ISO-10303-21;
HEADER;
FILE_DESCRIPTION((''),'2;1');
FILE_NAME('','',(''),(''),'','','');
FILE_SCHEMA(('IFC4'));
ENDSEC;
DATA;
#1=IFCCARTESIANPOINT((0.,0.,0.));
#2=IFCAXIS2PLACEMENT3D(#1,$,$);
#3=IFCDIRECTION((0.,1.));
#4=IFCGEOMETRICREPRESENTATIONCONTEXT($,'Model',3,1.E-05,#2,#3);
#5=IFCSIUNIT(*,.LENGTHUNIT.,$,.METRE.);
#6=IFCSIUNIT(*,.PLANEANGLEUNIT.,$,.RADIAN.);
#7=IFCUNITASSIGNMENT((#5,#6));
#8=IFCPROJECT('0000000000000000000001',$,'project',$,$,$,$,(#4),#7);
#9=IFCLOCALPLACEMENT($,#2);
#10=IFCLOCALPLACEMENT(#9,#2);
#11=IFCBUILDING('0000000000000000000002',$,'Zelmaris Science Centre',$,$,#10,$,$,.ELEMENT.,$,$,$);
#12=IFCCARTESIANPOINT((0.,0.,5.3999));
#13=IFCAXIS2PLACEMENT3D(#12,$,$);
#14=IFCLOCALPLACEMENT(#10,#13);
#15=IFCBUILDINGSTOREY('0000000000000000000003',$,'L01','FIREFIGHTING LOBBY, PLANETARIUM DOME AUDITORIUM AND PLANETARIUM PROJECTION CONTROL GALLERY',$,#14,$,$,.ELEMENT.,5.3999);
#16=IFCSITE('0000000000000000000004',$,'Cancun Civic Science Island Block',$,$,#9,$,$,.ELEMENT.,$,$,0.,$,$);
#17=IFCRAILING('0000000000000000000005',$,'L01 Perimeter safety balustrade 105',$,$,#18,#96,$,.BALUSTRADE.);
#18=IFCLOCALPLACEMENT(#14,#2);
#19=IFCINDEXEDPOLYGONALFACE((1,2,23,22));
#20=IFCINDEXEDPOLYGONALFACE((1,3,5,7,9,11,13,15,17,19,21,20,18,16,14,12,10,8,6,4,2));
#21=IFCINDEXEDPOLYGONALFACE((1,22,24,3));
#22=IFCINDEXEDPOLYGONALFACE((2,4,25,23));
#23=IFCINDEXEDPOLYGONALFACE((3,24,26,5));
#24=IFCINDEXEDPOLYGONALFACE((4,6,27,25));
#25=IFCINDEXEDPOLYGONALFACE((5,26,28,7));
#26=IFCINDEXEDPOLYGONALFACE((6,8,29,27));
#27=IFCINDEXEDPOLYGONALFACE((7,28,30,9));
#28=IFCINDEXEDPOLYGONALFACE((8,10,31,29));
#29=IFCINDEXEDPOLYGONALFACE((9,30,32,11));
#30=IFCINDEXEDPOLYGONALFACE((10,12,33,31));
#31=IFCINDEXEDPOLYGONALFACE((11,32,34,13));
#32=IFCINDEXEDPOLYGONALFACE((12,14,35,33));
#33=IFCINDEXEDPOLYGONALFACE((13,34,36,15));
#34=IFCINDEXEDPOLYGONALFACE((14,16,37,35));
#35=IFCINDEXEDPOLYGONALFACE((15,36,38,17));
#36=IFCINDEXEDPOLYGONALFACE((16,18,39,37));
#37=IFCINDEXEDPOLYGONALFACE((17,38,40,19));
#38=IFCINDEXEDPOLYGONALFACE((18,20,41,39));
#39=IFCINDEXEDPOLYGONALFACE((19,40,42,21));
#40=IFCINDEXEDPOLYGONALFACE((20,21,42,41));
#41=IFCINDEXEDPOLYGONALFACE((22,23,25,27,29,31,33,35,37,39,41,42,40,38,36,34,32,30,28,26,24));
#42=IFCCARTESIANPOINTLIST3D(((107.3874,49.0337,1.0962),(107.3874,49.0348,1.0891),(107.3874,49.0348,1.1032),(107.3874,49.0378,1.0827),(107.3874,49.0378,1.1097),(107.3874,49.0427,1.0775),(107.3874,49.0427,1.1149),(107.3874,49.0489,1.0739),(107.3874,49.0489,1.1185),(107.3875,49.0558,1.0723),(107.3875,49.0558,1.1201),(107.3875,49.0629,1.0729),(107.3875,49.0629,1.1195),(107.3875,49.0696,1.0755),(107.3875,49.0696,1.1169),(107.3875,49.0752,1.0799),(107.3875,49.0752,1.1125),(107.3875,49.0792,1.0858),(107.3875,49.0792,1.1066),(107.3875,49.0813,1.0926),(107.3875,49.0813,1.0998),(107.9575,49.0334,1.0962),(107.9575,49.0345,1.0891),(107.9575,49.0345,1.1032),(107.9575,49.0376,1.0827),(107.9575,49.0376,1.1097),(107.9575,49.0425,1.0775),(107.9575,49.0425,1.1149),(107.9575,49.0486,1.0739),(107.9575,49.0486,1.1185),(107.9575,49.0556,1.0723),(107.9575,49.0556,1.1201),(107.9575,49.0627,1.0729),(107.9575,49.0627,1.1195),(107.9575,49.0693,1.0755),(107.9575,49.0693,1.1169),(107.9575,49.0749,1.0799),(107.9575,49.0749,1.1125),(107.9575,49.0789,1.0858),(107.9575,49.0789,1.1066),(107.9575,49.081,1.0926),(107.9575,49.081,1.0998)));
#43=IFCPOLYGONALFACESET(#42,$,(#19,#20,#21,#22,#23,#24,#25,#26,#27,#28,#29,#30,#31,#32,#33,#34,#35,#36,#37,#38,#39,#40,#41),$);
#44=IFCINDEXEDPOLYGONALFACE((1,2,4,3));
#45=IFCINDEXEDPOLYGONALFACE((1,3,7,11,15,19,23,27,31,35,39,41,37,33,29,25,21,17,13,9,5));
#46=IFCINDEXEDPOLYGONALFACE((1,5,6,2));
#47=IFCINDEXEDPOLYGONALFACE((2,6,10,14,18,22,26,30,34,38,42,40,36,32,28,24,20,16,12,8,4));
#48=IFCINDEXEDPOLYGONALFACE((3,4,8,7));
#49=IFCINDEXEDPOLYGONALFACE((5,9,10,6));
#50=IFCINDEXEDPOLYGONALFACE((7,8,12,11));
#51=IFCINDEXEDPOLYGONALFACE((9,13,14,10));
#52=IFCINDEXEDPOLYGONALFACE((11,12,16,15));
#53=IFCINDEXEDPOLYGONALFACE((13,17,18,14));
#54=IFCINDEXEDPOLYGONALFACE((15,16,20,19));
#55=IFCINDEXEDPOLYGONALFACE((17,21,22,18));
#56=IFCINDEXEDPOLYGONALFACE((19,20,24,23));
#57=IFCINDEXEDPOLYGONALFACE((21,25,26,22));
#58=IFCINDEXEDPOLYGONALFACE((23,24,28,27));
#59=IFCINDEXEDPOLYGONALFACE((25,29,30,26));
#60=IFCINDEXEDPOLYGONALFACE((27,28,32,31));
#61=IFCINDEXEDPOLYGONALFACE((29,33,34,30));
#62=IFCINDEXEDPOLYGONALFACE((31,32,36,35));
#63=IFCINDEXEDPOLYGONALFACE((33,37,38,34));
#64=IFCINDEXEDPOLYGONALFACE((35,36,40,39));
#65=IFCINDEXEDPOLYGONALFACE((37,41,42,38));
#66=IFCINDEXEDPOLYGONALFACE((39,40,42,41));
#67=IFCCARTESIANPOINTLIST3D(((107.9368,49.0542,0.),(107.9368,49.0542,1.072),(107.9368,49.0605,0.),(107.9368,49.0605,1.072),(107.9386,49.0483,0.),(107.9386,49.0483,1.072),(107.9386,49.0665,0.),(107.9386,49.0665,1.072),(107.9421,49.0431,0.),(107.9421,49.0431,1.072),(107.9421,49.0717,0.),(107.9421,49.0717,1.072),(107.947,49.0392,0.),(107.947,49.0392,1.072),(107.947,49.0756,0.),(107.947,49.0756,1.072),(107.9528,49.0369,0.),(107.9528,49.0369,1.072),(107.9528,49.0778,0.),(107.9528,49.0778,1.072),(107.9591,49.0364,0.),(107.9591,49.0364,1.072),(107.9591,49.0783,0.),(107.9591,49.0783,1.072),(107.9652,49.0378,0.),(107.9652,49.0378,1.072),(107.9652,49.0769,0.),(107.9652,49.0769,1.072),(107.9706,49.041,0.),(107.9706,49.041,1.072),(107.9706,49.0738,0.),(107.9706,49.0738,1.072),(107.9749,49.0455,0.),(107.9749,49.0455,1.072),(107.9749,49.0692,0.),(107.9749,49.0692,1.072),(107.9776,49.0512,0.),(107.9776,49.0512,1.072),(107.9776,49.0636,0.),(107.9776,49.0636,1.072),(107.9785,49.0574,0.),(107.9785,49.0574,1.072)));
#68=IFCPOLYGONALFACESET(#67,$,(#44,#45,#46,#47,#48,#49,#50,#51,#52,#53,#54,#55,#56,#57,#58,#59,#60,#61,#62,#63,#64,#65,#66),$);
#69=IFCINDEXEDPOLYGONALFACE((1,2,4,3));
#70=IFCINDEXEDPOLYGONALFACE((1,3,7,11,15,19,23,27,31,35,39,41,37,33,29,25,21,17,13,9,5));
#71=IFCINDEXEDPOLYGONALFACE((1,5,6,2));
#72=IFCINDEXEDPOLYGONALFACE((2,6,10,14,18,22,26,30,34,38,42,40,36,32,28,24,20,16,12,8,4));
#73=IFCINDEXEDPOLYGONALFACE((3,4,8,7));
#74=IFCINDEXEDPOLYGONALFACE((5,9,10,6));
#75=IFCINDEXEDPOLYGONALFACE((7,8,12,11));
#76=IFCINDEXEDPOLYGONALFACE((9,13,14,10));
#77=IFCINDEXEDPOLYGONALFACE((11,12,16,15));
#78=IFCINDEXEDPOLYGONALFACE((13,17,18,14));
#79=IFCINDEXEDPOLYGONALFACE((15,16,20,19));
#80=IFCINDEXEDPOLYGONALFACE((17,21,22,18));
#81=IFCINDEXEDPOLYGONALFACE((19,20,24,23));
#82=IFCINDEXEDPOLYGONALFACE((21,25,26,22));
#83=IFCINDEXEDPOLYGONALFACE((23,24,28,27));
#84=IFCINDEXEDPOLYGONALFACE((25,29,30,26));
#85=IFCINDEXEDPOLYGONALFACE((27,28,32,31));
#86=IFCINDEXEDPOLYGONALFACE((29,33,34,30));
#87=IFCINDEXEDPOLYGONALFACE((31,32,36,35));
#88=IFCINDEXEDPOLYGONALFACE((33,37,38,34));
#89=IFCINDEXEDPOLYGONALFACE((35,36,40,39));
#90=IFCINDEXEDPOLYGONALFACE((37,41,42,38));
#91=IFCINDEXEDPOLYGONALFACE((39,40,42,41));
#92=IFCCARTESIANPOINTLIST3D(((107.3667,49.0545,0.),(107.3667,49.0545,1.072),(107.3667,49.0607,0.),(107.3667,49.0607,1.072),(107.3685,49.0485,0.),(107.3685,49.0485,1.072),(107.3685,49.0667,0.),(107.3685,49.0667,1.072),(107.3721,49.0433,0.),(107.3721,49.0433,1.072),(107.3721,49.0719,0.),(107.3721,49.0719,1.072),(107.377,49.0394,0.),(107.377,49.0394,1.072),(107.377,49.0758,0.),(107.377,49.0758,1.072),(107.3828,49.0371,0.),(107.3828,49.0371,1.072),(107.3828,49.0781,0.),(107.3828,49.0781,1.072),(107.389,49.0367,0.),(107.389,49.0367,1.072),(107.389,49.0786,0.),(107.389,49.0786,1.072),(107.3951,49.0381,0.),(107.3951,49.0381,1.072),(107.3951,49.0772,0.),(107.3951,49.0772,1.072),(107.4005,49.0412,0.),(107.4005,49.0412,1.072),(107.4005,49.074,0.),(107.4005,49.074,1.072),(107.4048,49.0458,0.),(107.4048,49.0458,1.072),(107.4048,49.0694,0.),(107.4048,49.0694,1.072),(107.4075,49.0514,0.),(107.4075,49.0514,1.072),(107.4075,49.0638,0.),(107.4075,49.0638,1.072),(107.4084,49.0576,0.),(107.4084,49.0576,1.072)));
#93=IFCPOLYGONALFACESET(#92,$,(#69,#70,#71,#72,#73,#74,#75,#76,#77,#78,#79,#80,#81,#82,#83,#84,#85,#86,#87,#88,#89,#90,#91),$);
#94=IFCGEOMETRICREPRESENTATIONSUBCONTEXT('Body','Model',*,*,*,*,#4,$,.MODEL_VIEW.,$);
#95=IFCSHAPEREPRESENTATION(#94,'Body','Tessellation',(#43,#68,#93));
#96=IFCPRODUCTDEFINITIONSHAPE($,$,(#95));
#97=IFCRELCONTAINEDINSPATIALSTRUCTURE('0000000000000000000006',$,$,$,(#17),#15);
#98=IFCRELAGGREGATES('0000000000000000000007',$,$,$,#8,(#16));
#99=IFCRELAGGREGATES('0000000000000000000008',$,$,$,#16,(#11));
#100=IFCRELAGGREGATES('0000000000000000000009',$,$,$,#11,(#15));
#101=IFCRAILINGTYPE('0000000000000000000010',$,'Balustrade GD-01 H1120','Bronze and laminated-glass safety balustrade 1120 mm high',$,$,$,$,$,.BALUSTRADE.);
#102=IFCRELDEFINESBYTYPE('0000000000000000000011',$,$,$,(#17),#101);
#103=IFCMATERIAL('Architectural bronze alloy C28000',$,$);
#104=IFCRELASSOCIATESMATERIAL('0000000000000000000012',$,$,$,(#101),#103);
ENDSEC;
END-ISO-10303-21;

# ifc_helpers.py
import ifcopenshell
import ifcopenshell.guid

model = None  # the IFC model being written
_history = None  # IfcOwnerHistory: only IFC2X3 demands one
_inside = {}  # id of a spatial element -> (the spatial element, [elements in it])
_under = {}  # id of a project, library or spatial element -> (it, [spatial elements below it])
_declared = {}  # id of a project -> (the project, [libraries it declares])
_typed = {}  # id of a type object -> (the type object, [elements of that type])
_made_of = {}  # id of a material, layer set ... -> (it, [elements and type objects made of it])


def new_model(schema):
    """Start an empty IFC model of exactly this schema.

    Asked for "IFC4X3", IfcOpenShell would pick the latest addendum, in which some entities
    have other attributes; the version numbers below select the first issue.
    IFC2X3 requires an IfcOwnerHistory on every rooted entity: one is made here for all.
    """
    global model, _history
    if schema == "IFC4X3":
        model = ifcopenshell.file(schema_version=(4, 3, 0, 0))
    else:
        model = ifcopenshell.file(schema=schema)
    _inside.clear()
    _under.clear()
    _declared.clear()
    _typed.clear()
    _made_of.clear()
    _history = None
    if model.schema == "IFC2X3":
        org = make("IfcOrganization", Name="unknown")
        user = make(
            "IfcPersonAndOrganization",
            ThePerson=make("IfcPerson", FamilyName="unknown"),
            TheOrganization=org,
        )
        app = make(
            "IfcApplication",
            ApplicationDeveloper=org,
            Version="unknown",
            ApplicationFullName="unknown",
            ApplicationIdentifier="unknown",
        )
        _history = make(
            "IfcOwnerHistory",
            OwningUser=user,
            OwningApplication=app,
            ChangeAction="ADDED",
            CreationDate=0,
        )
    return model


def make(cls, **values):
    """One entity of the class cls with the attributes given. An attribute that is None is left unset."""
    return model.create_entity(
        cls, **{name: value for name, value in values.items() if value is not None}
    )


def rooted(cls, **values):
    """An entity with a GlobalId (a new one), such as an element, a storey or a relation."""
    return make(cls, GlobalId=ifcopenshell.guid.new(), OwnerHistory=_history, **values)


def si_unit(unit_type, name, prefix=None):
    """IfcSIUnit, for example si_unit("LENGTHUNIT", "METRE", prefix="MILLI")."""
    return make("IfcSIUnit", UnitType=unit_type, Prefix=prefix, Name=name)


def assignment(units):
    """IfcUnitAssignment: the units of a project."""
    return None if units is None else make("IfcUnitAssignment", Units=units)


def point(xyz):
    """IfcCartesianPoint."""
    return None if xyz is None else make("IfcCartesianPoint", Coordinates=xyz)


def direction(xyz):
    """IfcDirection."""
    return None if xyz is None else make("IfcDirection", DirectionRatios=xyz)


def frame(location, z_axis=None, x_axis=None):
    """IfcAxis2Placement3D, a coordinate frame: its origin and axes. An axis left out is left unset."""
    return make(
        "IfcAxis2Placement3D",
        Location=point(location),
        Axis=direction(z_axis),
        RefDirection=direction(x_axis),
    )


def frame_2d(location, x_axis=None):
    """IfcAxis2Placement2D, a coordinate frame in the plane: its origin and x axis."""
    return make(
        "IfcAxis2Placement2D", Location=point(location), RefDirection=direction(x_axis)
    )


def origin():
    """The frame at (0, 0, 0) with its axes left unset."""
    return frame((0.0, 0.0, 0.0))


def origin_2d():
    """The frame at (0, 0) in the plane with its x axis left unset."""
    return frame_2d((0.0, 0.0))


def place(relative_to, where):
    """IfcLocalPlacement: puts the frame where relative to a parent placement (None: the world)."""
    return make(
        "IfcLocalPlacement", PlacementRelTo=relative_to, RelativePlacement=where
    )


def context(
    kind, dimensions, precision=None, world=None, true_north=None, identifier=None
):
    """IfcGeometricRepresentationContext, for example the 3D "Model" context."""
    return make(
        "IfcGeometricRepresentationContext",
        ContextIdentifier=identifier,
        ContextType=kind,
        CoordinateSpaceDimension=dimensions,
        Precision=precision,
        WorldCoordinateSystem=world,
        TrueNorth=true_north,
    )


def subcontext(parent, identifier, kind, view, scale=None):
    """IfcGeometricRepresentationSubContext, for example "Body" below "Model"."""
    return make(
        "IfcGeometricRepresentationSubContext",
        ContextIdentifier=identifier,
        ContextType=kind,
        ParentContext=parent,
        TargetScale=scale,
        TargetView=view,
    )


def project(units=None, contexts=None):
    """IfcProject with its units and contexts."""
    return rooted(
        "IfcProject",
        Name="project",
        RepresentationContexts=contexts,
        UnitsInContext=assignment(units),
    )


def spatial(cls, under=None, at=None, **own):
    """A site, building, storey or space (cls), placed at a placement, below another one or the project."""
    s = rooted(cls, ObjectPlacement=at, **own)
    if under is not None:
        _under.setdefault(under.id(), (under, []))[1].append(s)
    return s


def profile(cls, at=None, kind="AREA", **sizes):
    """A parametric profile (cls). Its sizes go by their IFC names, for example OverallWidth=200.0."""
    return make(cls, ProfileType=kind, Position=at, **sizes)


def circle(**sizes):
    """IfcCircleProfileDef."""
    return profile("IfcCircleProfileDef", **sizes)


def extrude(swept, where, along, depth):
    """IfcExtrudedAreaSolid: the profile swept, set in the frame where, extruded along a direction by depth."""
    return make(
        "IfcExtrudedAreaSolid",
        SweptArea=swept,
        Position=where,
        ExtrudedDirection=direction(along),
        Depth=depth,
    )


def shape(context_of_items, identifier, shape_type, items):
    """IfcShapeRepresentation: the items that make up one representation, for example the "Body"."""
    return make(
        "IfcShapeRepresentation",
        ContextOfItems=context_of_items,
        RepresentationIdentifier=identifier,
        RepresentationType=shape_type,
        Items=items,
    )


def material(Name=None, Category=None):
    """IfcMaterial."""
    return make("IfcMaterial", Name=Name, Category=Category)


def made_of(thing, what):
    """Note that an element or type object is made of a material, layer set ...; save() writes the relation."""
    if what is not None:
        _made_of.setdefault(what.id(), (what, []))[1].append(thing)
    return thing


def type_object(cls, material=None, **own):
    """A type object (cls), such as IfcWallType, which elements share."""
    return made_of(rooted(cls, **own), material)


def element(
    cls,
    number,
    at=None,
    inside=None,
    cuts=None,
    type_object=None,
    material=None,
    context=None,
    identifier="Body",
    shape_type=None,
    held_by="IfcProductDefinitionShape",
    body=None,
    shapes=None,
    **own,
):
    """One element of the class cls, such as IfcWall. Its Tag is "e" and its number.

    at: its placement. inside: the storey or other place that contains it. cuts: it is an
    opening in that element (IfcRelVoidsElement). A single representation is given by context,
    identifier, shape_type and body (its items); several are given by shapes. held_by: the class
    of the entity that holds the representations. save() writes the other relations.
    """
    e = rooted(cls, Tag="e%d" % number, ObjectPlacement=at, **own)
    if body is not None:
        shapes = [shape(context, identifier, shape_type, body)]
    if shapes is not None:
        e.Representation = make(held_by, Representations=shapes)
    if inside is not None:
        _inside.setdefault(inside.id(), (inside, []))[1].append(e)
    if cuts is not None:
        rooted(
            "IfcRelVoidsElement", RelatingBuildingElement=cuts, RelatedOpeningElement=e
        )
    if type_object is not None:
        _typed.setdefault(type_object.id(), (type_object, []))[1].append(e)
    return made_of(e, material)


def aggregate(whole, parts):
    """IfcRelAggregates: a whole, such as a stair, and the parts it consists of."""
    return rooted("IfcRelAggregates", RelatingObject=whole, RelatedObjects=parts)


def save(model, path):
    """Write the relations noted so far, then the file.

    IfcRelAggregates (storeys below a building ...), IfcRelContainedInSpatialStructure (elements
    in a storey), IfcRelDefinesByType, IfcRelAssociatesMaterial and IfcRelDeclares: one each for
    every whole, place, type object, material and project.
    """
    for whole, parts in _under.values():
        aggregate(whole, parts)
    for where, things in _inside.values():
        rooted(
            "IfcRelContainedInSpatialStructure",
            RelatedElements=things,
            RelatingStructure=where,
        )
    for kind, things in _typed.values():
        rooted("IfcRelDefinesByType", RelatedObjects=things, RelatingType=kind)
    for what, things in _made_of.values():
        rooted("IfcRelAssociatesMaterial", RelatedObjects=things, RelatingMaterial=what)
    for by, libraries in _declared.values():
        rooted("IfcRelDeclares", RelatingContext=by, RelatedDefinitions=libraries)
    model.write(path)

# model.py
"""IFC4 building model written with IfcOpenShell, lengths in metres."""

from ifc_helpers import new_model, si_unit, direction, frame, origin, origin_2d, place, context, subcontext, project, spatial, circle, extrude, material, type_object, element, save


model = new_model("IFC4")

# Units and contexts
model_context = context("Model", 3, precision=1e-05, world=origin(), true_north=direction((0.0, 1.0)))
body_context = subcontext(model_context, "Body", "Model", "MODEL_VIEW")
ifc_project = project(units=[si_unit("LENGTHUNIT", "METRE"), si_unit("PLANEANGLEUNIT", "RADIAN")], contexts=[model_context])

# Site, building, storey
site_placement = place(None, origin())
site = spatial("IfcSite", under=ifc_project, at=site_placement, Name="Cancun Civic Science Island Block", CompositionType="ELEMENT", RefElevation=0.0)
building_placement = place(site_placement, origin())
building = spatial("IfcBuilding", under=site, at=building_placement, Name="Zelmaris Science Centre", CompositionType="ELEMENT")
storey_placement = place(building_placement, frame((0.0, 0.0, 5.3999)))
storey = spatial("IfcBuildingStorey", under=building, at=storey_placement, Name="L01", Description="FIREFIGHTING LOBBY, PLANETARIUM DOME AUDITORIUM AND PLANETARIUM PROJECTION CONTROL GALLERY", CompositionType="ELEMENT", Elevation=5.3999)

# Railing
ifc_material_1 = material(Name="Architectural bronze alloy C28000")
railing_type = type_object("IfcRailingType", Name="Balustrade GD-01 H1120", Description="Bronze and laminated-glass safety balustrade 1120 mm high", PredefinedType="BALUSTRADE", material=ifc_material_1)
railing_1_placement = place(storey_placement, frame((107.9575, 49.0574, 0.0)))
element("IfcRailing", 1, at=railing_1_placement, inside=storey, type_object=railing_type, Name="L01 Perimeter safety balustrade 105", PredefinedType="BALUSTRADE", context=body_context, shape_type="SweptSolid", body=[
    extrude(circle(Radius=0.0239, at=origin_2d()), frame((0.0, 0.0, 1.0962), z_axis=(-1.0, 0.000428, 0.0), x_axis=(-0.000428, -1.0, 0.0)), (0.0, 0.0, 1.0), 0.5701),
    extrude(circle(Radius=0.021, at=origin_2d()), origin(), (0.0, 0.0, 1.0), 1.072),
    extrude(circle(Radius=0.021, at=origin_2d()), frame((-0.5701, 0.0002, 0.0)), (0.0, 0.0, 1.0), 1.072),
])

save(model, "model.ifc")
